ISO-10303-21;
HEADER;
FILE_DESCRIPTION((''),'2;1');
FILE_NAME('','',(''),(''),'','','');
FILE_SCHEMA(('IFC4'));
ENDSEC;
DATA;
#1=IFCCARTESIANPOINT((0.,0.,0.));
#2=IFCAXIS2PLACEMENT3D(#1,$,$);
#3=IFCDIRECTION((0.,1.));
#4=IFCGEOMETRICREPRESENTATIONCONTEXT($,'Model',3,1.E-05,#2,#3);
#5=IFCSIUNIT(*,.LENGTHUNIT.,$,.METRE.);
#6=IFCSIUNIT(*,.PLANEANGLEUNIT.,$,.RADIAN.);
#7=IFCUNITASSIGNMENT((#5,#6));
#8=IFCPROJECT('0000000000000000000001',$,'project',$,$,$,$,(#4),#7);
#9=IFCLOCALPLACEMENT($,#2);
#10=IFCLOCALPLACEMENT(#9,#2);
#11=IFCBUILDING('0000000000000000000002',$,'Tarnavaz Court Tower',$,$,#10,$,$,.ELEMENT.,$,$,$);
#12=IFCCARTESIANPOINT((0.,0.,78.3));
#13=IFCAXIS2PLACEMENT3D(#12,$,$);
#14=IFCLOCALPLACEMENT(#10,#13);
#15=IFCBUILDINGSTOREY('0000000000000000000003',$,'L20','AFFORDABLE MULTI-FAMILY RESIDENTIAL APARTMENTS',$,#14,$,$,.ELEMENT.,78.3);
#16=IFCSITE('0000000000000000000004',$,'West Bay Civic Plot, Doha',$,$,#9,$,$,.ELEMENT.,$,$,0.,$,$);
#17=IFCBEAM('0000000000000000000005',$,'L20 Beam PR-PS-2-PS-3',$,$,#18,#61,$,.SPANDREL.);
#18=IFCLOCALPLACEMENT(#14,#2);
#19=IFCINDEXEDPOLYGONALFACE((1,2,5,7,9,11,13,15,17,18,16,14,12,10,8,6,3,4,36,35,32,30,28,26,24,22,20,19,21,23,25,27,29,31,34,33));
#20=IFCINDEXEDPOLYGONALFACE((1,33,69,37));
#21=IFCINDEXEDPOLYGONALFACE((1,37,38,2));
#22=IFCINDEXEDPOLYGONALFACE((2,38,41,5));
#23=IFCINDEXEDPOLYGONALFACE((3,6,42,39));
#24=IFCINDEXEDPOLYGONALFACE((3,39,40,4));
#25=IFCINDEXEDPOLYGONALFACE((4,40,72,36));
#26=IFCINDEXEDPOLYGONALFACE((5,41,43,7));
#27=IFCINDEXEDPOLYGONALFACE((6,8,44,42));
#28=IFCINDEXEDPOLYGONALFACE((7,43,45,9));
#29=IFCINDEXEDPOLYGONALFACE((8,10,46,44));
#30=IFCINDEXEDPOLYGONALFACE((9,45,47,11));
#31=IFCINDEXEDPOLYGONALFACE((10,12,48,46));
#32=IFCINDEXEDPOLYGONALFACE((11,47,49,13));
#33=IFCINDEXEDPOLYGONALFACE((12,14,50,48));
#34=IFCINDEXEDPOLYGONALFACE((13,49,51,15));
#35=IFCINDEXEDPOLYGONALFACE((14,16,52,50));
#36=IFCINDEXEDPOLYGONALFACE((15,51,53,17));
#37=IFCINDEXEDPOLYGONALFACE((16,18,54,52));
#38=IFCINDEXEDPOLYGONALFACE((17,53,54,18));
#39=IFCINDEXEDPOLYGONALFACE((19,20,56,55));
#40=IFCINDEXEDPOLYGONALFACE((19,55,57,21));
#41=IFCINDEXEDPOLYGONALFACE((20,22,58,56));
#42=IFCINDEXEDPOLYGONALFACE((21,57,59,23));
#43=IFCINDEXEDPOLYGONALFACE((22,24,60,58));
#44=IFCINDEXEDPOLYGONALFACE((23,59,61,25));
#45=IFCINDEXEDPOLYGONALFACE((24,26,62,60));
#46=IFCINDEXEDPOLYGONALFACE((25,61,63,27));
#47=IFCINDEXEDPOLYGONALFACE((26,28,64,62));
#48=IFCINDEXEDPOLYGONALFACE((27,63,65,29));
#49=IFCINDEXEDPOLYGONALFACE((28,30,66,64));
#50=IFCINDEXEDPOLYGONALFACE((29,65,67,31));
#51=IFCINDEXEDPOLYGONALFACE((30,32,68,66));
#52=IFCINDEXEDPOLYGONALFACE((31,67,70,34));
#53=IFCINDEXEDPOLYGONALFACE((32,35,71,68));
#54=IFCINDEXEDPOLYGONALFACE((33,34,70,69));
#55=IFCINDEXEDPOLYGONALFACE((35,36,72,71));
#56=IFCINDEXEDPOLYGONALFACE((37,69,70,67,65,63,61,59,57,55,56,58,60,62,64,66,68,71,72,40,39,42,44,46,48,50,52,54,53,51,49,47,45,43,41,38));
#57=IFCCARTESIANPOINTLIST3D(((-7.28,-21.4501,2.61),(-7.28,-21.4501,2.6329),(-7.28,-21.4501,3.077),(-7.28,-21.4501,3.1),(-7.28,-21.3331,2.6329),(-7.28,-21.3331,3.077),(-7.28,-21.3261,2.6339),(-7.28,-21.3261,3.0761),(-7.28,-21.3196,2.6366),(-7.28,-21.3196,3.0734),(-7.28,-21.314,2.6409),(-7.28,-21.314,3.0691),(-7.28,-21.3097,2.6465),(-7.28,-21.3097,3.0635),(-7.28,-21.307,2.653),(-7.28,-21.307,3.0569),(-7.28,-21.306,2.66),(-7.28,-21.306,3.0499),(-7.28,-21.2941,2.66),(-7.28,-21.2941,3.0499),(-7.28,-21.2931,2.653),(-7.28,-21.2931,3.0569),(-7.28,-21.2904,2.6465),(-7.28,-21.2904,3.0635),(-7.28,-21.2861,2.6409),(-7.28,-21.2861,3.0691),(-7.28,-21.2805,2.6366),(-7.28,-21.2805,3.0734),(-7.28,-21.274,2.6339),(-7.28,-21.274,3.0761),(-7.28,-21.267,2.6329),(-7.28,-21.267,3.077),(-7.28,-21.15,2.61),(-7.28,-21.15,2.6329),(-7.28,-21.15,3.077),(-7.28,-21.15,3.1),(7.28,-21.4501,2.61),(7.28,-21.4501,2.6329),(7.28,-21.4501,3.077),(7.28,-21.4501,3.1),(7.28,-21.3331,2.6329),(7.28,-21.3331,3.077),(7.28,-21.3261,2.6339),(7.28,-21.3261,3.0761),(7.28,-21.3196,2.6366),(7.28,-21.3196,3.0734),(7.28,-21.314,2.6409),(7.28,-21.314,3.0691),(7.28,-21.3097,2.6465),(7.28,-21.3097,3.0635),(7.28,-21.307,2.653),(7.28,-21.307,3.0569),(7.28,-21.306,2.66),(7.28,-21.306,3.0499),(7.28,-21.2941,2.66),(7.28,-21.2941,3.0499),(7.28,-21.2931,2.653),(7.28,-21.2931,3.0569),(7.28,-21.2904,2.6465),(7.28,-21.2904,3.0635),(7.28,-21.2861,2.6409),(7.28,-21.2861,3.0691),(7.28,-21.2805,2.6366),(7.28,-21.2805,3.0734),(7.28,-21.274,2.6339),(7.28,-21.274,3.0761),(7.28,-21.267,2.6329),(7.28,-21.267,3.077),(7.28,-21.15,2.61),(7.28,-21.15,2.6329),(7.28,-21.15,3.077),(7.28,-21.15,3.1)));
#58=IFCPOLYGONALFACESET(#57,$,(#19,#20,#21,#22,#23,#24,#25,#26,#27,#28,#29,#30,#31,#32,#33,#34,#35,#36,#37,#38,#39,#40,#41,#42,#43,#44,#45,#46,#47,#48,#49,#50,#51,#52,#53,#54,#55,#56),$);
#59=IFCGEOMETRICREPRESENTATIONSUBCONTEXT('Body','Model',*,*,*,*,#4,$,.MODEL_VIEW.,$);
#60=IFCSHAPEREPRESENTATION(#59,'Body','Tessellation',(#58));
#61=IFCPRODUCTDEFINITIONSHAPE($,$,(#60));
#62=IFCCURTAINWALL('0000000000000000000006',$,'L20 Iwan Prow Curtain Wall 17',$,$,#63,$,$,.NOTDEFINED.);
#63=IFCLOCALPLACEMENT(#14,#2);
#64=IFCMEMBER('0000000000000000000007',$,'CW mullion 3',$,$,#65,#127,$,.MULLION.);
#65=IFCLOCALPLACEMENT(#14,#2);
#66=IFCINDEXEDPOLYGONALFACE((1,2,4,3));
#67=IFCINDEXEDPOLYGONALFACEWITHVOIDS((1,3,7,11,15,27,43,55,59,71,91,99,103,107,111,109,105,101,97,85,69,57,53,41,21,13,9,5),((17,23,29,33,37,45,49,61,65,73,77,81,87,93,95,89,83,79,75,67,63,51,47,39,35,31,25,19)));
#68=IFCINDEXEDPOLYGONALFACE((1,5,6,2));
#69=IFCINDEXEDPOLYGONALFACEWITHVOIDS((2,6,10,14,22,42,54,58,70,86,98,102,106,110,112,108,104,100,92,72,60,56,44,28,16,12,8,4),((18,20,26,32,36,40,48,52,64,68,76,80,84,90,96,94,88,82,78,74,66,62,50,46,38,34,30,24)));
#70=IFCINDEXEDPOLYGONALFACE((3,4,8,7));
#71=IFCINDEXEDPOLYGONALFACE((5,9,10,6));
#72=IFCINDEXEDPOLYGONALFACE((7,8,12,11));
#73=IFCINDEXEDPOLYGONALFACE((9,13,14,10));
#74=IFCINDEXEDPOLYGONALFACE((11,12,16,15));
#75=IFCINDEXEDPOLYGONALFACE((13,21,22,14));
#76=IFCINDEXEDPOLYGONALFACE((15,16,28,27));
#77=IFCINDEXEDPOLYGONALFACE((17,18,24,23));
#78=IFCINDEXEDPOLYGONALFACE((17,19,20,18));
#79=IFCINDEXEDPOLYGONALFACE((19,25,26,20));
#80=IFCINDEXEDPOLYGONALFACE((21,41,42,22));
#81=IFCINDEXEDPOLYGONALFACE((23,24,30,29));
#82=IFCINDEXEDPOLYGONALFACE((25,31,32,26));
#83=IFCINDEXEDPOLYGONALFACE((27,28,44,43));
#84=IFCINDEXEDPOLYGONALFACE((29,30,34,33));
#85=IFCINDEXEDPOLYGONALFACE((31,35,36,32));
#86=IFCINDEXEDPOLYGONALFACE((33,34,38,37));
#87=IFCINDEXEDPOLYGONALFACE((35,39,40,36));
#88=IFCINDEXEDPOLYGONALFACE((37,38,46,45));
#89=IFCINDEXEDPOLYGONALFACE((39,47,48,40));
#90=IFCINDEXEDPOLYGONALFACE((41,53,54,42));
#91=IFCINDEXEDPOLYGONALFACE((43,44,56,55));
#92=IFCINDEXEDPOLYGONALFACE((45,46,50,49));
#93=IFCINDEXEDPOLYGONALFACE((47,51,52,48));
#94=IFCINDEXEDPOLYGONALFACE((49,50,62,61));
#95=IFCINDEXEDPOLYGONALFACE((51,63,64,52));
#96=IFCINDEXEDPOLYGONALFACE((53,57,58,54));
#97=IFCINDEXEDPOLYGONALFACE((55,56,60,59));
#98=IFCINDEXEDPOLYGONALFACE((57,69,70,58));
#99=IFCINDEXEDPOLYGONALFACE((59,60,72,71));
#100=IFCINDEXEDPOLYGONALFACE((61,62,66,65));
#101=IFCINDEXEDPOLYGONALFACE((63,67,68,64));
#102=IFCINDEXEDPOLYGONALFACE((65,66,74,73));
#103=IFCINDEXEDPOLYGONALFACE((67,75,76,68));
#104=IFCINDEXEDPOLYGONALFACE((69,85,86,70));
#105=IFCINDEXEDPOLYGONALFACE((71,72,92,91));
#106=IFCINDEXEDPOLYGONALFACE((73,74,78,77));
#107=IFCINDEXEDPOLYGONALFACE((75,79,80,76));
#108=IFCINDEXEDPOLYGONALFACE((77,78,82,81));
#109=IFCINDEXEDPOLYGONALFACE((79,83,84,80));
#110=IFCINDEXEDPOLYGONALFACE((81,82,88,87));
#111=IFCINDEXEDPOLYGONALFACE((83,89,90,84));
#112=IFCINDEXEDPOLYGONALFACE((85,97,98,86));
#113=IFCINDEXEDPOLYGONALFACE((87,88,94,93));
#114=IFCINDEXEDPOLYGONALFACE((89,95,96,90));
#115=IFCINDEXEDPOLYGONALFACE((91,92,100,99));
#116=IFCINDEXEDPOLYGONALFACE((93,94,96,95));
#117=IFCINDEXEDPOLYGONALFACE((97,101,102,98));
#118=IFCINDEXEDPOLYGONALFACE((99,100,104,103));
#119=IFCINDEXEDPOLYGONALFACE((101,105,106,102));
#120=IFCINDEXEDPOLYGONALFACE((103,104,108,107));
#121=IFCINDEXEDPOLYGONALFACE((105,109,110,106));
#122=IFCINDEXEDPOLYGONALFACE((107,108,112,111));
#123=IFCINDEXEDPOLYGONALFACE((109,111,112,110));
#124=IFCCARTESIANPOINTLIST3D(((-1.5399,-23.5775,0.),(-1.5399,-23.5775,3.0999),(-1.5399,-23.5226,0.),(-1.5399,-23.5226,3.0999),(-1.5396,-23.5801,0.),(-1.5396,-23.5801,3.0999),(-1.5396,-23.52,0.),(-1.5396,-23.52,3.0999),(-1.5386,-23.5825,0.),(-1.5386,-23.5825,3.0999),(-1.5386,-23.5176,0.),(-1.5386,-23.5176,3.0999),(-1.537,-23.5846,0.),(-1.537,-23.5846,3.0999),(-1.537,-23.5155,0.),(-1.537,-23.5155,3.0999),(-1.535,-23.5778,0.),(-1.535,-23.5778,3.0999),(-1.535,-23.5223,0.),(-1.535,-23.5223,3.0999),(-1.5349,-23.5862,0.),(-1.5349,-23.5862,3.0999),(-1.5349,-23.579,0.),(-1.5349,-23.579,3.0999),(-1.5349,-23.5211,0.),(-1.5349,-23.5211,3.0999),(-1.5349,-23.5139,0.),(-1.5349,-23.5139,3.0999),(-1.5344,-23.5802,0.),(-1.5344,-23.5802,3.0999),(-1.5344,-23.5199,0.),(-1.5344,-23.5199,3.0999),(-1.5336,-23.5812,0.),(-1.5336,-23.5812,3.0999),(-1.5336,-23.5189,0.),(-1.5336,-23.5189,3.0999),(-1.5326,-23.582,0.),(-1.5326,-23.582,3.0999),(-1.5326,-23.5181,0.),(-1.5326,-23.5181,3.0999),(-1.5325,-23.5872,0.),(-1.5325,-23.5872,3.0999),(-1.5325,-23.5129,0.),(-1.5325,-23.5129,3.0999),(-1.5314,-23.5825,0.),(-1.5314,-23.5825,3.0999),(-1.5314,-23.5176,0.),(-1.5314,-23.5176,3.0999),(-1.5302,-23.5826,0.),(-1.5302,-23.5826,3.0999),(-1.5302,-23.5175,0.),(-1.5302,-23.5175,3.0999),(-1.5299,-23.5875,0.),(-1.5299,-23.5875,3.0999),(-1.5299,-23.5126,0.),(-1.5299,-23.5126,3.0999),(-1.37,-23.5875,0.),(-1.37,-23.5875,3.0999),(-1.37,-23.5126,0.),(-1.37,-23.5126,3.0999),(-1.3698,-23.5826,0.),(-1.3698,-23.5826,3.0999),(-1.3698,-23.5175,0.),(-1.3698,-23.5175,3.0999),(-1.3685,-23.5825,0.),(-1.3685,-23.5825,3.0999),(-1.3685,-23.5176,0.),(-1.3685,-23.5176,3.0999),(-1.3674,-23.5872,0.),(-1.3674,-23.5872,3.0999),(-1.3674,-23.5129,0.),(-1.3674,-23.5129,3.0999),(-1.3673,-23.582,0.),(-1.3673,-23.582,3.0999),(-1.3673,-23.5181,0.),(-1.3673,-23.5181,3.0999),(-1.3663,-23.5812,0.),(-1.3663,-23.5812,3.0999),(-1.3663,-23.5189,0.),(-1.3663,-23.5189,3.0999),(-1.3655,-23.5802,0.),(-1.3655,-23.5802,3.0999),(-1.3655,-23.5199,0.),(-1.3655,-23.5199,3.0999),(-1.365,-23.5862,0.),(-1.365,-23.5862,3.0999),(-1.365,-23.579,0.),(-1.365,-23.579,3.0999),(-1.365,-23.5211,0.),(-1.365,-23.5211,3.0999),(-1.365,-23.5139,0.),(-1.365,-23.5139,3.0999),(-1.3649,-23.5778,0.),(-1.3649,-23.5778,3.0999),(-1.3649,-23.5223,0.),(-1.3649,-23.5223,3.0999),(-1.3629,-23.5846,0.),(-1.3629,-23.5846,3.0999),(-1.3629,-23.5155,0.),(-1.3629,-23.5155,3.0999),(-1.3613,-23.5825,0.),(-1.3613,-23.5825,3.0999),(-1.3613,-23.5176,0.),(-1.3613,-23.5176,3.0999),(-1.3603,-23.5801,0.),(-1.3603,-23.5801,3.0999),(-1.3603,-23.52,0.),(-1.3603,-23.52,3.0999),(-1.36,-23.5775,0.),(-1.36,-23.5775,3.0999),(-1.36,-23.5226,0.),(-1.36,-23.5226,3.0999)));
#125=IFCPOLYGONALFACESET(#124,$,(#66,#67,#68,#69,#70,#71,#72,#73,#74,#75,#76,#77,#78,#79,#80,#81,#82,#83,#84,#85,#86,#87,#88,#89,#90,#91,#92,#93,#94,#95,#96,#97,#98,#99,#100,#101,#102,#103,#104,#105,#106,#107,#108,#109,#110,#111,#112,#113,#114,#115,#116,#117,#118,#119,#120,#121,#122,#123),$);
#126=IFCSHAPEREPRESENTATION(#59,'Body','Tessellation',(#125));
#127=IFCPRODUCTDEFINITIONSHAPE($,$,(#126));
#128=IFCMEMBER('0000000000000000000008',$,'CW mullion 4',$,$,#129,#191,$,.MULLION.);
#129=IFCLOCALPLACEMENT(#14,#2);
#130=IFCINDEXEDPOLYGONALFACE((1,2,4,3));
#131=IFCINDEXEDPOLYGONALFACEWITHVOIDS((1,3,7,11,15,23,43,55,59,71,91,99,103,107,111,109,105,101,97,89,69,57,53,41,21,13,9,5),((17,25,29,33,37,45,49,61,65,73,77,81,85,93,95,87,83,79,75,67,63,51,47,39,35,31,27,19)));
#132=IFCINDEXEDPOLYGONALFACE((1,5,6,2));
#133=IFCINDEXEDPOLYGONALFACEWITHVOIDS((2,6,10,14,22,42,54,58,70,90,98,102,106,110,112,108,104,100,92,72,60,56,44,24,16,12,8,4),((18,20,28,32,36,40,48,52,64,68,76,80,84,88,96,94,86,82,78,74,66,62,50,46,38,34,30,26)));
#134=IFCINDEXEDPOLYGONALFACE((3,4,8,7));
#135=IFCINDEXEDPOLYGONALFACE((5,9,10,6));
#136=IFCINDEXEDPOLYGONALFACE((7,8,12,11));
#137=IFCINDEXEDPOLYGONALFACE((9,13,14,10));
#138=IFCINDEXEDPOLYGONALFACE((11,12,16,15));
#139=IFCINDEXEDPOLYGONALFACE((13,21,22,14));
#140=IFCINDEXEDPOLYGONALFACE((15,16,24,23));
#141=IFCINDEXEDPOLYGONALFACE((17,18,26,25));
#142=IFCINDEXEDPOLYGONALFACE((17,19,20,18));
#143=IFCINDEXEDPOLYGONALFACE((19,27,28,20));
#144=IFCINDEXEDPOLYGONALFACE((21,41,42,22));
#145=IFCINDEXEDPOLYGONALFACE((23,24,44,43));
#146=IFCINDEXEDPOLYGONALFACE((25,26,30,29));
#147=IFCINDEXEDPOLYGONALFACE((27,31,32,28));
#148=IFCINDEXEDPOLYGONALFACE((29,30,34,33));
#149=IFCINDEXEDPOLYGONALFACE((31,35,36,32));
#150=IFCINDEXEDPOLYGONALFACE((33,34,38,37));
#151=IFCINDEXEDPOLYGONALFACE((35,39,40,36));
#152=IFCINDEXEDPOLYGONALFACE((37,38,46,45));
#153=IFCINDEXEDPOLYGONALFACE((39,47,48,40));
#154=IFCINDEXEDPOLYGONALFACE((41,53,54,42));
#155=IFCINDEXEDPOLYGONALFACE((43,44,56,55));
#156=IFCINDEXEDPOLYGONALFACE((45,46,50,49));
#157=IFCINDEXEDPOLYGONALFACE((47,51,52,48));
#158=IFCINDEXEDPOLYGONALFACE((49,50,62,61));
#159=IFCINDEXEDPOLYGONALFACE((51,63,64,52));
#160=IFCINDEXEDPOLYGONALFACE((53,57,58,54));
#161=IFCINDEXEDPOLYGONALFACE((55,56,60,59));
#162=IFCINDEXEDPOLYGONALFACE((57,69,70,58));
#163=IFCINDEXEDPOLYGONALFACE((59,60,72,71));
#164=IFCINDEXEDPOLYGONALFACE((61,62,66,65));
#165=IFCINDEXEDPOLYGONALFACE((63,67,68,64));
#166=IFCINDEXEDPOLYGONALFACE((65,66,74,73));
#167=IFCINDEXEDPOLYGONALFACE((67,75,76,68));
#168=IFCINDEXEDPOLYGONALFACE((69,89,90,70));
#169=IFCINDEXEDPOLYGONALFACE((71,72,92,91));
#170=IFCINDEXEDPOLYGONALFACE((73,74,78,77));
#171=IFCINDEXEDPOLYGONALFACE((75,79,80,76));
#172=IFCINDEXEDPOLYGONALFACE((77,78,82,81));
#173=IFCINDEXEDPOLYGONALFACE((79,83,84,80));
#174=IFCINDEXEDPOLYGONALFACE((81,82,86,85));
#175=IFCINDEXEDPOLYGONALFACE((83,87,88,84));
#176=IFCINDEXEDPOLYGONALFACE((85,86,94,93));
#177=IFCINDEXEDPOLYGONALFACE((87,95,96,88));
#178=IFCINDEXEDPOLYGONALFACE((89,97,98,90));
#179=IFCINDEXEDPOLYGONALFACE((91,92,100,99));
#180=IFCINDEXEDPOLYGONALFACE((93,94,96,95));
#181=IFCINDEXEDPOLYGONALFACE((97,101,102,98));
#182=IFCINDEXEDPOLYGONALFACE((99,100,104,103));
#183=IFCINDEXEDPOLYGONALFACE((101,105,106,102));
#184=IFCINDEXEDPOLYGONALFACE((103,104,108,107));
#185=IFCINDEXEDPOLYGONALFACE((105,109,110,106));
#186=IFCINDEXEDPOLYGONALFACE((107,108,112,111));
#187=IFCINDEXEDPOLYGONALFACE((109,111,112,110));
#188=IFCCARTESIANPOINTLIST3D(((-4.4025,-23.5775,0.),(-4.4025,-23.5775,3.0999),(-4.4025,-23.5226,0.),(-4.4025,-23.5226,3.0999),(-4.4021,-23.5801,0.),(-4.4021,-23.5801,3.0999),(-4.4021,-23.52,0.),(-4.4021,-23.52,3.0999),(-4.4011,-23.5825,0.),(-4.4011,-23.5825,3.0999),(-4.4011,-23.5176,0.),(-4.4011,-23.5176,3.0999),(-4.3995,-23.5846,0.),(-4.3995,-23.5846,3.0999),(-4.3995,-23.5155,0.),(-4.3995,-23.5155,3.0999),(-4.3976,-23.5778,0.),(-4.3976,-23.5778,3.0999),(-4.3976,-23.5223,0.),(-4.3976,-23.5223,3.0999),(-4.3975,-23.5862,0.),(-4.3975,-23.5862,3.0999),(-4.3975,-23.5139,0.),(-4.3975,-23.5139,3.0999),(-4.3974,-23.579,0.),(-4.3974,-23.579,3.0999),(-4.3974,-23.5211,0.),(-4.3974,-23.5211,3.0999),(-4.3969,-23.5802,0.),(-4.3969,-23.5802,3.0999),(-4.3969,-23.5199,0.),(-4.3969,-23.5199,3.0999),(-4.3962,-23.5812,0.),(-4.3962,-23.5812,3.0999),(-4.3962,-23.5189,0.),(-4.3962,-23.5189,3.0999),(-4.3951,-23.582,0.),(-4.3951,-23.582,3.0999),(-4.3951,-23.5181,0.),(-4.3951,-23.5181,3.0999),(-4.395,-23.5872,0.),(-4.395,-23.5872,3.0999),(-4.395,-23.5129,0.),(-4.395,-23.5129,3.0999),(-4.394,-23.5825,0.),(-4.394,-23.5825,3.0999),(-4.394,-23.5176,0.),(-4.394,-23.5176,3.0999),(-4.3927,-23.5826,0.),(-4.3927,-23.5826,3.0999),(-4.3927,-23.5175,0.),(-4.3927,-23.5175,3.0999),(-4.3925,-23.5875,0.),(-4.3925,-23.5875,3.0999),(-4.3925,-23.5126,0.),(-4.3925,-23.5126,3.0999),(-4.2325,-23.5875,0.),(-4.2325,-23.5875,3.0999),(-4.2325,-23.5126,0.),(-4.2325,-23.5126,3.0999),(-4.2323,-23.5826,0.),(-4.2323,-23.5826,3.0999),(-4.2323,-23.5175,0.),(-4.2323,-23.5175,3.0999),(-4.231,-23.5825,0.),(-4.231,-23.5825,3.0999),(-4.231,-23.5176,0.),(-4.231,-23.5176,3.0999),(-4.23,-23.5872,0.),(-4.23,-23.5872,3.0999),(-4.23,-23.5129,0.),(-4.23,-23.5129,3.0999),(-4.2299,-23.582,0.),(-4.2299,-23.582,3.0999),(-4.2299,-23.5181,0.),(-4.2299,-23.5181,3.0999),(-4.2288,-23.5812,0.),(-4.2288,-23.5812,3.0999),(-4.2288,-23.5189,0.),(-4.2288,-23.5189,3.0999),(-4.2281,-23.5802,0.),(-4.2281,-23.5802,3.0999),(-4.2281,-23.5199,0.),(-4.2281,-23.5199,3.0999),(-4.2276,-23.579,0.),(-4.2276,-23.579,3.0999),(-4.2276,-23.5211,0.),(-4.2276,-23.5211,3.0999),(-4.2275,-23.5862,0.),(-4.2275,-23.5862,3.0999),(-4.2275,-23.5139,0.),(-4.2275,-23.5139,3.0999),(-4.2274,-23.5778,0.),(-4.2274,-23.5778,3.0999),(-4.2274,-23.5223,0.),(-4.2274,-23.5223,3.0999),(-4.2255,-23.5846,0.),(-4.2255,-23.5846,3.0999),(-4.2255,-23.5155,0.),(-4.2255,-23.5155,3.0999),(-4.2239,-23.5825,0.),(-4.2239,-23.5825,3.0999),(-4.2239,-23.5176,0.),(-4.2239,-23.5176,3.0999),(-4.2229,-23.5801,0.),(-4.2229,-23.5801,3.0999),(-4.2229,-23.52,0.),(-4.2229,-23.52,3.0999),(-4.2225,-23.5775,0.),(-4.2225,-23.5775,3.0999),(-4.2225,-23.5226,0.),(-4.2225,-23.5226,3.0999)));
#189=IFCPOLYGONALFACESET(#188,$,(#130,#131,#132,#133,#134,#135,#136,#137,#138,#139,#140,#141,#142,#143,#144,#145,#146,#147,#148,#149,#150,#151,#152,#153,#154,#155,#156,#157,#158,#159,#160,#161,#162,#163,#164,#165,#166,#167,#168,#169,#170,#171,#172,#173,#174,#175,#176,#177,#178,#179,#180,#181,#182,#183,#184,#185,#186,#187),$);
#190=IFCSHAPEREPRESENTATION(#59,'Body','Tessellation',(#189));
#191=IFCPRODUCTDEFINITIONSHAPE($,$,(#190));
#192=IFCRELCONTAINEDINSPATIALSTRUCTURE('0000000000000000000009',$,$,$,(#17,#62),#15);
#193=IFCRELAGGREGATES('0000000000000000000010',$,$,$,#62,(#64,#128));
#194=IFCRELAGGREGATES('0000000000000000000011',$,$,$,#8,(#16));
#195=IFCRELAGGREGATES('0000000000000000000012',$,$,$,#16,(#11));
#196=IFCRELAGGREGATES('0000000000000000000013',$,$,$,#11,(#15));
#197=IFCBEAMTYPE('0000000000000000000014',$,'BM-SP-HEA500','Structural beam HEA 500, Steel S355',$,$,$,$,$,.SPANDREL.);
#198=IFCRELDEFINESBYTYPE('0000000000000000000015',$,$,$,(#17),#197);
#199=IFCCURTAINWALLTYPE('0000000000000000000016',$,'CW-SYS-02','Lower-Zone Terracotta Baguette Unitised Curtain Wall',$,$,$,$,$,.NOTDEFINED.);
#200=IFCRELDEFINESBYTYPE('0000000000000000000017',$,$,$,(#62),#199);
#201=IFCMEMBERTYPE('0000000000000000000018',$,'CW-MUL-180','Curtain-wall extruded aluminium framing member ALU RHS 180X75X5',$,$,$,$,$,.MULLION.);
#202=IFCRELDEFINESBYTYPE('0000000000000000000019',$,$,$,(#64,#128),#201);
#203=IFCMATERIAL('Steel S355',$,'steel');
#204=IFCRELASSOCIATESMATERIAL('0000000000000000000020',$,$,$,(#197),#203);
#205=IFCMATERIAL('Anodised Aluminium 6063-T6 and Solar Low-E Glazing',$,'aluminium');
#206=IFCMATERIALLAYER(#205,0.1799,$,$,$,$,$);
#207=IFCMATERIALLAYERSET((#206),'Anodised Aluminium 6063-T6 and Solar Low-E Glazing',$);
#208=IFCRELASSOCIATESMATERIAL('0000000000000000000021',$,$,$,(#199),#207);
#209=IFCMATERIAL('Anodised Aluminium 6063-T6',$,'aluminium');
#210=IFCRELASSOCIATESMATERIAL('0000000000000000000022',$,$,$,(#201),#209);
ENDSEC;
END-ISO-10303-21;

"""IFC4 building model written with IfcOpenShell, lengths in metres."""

from ifc_helpers import new_model, si_unit, direction, frame, origin, origin_2d, place, context, subcontext, project, spatial, hollow_rectangle, i_section, extrude, material, layer, layer_set, material_profile, profile_set, type_object, element, aggregate, save


model = new_model("IFC4")

# Units and contexts
model_context = context("Model", 3, precision=1e-05, world=origin(), true_north=direction((0.0, 1.0)))
body_context = subcontext(model_context, "Body", "Model", "MODEL_VIEW")
ifc_project = project(units=[si_unit("LENGTHUNIT", "METRE"), si_unit("PLANEANGLEUNIT", "RADIAN")], contexts=[model_context])

# Site, building, storey
site_placement = place(None, origin())
site = spatial("IfcSite", under=ifc_project, at=site_placement, Name="West Bay Civic Plot, Doha", CompositionType="ELEMENT", RefElevation=0.0)
building_placement = place(site_placement, origin())
building = spatial("IfcBuilding", under=site, at=building_placement, Name="Tarnavaz Court Tower", CompositionType="ELEMENT")
storey_placement = place(building_placement, frame((0.0, 0.0, 78.3)))
storey = spatial("IfcBuildingStorey", under=building, at=storey_placement, Name="L20", Description="AFFORDABLE MULTI-FAMILY RESIDENTIAL APARTMENTS", CompositionType="ELEMENT", Elevation=78.3)

# Beam
ifc_material_1 = material(Name="Steel S355", Category="steel")
ifc_material_profile_1 = material_profile(ifc_material_1, i_section(OverallWidth=0.3, OverallDepth=0.49, WebThickness=0.012, FlangeThickness=0.0229, FilletRadius=0.0271, at=origin_2d()), Name="HEA 500")
ifc_profile_set_1 = profile_set([ifc_material_profile_1], Name="Steel S355")
beam_type_1 = type_object("IfcBeamType", Name="BM-SP-HEA500", Description="Structural beam HEA 500, Steel S355", PredefinedType="SPANDREL", material=ifc_profile_set_1)
beam_1_placement = place(storey_placement, frame((-7.28, -21.3, 2.855), z_axis=(1.0, 0.0, 0.0), x_axis=(0.0, 1.0, 0.0)))
element("IfcBeam", 1, at=beam_1_placement, inside=storey, type_object=beam_type_1, Name="L20 Beam PR-PS-2-PS-3", PredefinedType="SPANDREL", context=body_context, shape_type="SweptSolid", body=[
    extrude(i_section(OverallWidth=0.3, OverallDepth=0.49, WebThickness=0.012, FlangeThickness=0.0229, FilletRadius=0.0271, at=origin_2d()), origin(), (0.0, 0.0, 1.0), 14.5601),
])

# Curtain wall, members
ifc_material_2 = material(Name="Anodised Aluminium 6063-T6 and Solar Low-E Glazing", Category="aluminium")
ifc_layer_1 = layer(ifc_material_2, 0.1799)
ifc_layer_set_1 = layer_set([ifc_layer_1], Name="Anodised Aluminium 6063-T6 and Solar Low-E Glazing")
curtain_wall_type = type_object("IfcCurtainWallType", Name="CW-SYS-02", Description="Lower-Zone Terracotta Baguette Unitised Curtain Wall", PredefinedType="NOTDEFINED", material=ifc_layer_set_1)
curtain_wall_placement = place(storey_placement, origin())
curtain_wall = element("IfcCurtainWall", 2, at=curtain_wall_placement, inside=storey, type_object=curtain_wall_type, Name="L20 Iwan Prow Curtain Wall 17", PredefinedType="NOTDEFINED")
ifc_material_3 = material(Name="Anodised Aluminium 6063-T6", Category="aluminium")
ifc_material_profile_2 = material_profile(ifc_material_3, hollow_rectangle(XDim=0.075, YDim=0.1799, WallThickness=0.0049, InnerFilletRadius=0.0049, OuterFilletRadius=0.01, at=origin_2d()), Name="ALU RHS 180X75X5")
ifc_profile_set_2 = profile_set([ifc_material_profile_2], Name="Anodised Aluminium 6063-T6")
member_type_1 = type_object("IfcMemberType", Name="CW-MUL-180", Description="Curtain-wall extruded aluminium framing member ALU RHS 180X75X5", PredefinedType="MULLION", material=ifc_profile_set_2)
member_1_placement = place(storey_placement, frame((-1.45, -23.55, 0.0), z_axis=(0.0, 0.0, 1.0), x_axis=(0.0, -1.0, 0.0)))
member_1 = element("IfcMember", 3, at=member_1_placement, type_object=member_type_1, Name="CW mullion 3", PredefinedType="MULLION", context=body_context, shape_type="SweptSolid", body=[
    extrude(hollow_rectangle(XDim=0.075, YDim=0.1799, WallThickness=0.0049, InnerFilletRadius=0.0049, OuterFilletRadius=0.01, at=origin_2d()), origin(), (0.0, 0.0, 1.0), 3.0999),
])
member_2_placement = place(storey_placement, frame((-4.3125, -23.55, 0.0), z_axis=(0.0, 0.0, 1.0), x_axis=(0.0, -1.0, 0.0)))
member_2 = element("IfcMember", 4, at=member_2_placement, type_object=member_type_1, Name="CW mullion 4", PredefinedType="MULLION", context=body_context, shape_type="SweptSolid", body=[
    extrude(hollow_rectangle(XDim=0.075, YDim=0.1799, WallThickness=0.0049, InnerFilletRadius=0.0049, OuterFilletRadius=0.01, at=origin_2d()), origin(), (0.0, 0.0, 1.0), 3.0999),
])
aggregate(curtain_wall, [member_1, member_2])

save(model, "model.ifc")
